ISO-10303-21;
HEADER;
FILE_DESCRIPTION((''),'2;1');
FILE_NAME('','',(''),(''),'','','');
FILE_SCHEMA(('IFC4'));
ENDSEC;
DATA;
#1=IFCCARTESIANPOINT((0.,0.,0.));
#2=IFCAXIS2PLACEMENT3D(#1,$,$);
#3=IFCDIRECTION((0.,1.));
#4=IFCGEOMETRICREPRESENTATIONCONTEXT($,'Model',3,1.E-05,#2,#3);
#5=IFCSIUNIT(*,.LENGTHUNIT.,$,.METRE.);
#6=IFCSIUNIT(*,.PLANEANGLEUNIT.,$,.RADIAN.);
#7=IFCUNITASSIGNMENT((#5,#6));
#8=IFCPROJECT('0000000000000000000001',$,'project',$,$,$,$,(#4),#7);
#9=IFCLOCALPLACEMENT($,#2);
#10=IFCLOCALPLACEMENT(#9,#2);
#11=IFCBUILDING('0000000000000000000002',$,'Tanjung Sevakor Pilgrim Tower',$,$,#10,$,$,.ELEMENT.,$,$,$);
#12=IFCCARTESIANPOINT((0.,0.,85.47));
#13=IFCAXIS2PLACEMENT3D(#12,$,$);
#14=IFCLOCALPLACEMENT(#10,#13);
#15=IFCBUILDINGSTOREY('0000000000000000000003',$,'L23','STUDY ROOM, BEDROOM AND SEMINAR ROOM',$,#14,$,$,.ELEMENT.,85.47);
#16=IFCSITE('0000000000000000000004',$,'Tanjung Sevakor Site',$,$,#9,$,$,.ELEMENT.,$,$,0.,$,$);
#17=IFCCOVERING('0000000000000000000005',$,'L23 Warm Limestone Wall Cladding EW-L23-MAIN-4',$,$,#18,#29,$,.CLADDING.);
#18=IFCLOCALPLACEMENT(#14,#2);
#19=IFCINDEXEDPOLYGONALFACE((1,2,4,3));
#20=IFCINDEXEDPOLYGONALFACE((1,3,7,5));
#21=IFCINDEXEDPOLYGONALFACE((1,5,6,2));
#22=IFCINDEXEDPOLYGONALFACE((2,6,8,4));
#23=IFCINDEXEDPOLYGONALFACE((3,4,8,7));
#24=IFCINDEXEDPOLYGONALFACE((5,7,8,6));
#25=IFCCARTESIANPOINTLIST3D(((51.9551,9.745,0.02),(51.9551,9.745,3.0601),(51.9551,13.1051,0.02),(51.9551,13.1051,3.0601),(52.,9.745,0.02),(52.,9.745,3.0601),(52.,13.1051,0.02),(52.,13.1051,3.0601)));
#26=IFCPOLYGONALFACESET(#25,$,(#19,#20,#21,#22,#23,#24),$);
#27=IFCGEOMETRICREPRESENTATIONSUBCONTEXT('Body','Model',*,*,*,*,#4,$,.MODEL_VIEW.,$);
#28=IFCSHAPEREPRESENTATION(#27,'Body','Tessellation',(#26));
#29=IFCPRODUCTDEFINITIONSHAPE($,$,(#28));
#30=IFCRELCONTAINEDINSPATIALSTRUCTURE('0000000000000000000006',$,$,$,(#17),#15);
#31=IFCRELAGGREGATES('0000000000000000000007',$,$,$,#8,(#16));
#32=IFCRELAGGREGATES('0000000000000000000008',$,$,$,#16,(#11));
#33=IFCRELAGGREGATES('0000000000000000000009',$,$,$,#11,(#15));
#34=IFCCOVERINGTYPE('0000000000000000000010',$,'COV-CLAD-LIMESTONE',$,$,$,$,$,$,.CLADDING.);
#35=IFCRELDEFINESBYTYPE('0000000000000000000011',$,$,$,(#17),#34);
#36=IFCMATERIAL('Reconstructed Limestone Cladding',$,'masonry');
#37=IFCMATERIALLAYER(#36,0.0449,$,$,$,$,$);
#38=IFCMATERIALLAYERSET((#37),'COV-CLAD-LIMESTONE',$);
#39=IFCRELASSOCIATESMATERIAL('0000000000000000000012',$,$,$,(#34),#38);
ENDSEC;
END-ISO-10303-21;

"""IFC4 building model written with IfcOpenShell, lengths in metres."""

from ifc_helpers import new_model, si_unit, direction, frame, origin, origin_2d, place, context, subcontext, project, spatial, rectangle, extrude, material, layer, layer_set, type_object, element, save


model = new_model("IFC4")

# Units and contexts
model_context = context("Model", 3, precision=1e-05, world=origin(), true_north=direction((0.0, 1.0)))
body_context = subcontext(model_context, "Body", "Model", "MODEL_VIEW")
ifc_project = project(units=[si_unit("LENGTHUNIT", "METRE"), si_unit("PLANEANGLEUNIT", "RADIAN")], contexts=[model_context])

# Site, building, storey
site_placement = place(None, origin())
site = spatial("IfcSite", under=ifc_project, at=site_placement, Name="Tanjung Sevakor Site", CompositionType="ELEMENT", RefElevation=0.0)
building_placement = place(site_placement, origin())
building = spatial("IfcBuilding", under=site, at=building_placement, Name="Tanjung Sevakor Pilgrim Tower", CompositionType="ELEMENT")
storey_placement = place(building_placement, frame((0.0, 0.0, 85.47)))
storey = spatial("IfcBuildingStorey", under=building, at=storey_placement, Name="L23", Description="STUDY ROOM, BEDROOM AND SEMINAR ROOM", CompositionType="ELEMENT", Elevation=85.47)

# Covering
ifc_material_1 = material(Name="Reconstructed Limestone Cladding", Category="masonry")
ifc_layer_1 = layer(ifc_material_1, 0.0449)
ifc_layer_set_1 = layer_set([ifc_layer_1], Name="COV-CLAD-LIMESTONE")
covering_type = type_object("IfcCoveringType", Name="COV-CLAD-LIMESTONE", PredefinedType="CLADDING", material=ifc_layer_set_1)
for number, where, z_axis, x_axis, name in (
    (1, (51.9775, 11.425, 0.02), (0.0, 0.0, 1.0), (0.0, -1.0, 0.0), "L23 Warm Limestone Wall Cladding EW-L23-MAIN-4"),
):
    element("IfcCovering", number, at=place(storey_placement, frame(where, z_axis=z_axis, x_axis=x_axis)), inside=storey, type_object=covering_type, Name=name, PredefinedType="CLADDING", context=body_context, shape_type="SweptSolid", body=[
        extrude(rectangle(XDim=3.3601, YDim=0.0449, at=origin_2d()), origin(), (0.0, 0.0, 1.0), 3.04),
    ])

save(model, "model.ifc")
